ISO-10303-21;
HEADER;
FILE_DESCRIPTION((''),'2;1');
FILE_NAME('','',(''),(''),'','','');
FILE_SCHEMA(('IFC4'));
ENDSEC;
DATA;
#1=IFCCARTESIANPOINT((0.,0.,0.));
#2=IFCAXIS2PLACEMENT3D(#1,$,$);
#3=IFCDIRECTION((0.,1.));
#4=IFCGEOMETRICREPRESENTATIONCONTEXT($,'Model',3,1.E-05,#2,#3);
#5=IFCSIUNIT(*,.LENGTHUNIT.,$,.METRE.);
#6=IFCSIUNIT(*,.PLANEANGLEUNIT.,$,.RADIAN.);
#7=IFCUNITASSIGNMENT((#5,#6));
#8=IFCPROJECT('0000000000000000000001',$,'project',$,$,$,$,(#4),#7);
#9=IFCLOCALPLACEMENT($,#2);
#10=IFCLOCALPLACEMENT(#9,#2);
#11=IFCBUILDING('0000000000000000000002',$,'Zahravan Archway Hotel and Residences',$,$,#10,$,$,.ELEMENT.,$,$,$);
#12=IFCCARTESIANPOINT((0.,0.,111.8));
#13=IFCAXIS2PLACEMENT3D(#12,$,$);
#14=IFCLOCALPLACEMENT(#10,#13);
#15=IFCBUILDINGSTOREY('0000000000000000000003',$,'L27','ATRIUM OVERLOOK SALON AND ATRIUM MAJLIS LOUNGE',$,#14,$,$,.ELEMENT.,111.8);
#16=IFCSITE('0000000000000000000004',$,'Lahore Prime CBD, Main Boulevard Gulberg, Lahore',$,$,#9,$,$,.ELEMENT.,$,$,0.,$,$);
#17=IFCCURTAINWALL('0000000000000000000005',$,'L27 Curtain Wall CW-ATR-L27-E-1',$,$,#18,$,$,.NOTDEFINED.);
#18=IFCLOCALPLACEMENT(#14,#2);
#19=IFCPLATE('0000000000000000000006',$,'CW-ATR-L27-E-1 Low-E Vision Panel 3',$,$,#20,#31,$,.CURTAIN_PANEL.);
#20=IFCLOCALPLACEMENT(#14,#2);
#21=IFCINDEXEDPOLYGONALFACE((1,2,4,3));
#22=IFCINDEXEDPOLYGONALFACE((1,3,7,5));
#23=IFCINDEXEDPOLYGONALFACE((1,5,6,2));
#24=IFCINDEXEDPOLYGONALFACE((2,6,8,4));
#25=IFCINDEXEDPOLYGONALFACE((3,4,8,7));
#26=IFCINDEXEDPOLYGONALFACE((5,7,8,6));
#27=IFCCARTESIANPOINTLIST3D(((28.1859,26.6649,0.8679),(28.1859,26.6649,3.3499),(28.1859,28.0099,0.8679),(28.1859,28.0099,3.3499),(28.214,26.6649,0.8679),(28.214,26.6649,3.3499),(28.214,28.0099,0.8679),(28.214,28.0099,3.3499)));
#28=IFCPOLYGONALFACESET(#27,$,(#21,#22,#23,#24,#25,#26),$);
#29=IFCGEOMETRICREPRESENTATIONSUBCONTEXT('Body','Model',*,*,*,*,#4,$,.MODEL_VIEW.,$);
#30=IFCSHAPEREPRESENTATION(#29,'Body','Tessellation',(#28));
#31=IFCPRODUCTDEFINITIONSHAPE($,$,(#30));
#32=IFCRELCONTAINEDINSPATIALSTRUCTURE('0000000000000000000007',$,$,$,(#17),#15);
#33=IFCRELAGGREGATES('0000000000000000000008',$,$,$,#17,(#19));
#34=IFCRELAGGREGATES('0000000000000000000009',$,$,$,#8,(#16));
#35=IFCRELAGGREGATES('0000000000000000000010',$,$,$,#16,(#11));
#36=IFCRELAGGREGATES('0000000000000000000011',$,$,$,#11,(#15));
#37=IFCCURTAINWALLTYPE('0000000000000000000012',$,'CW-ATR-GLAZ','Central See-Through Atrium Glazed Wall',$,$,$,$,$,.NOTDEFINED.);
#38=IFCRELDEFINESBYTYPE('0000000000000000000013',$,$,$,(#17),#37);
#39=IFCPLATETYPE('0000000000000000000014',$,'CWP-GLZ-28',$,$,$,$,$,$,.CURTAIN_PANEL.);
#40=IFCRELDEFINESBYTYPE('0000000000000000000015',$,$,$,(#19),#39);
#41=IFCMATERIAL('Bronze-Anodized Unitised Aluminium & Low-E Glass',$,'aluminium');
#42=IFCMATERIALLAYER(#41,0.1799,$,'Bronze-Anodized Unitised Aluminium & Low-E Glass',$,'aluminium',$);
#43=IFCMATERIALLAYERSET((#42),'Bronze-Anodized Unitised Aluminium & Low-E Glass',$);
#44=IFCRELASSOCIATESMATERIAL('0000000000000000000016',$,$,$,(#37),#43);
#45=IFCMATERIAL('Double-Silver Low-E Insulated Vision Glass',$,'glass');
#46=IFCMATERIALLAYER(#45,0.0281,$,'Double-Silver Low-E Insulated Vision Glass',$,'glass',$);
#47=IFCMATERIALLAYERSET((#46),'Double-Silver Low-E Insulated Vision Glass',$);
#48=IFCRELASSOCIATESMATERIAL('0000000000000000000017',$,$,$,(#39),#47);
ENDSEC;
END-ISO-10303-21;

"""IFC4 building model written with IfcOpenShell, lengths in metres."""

from ifc_helpers import new_model, si_unit, direction, frame, origin, origin_2d, place, context, subcontext, project, spatial, rectangle, extrude, source, transform, mapped, material, layer, layer_set, type_object, element, aggregate, save


model = new_model("IFC4")

# Units and contexts
model_context = context("Model", 3, precision=1e-05, world=origin(), true_north=direction((0.0, 1.0)))
body_context = subcontext(model_context, "Body", "Model", "MODEL_VIEW")
ifc_project = project(units=[si_unit("LENGTHUNIT", "METRE"), si_unit("PLANEANGLEUNIT", "RADIAN")], contexts=[model_context])

# Site, building, storey
site_placement = place(None, origin())
site = spatial("IfcSite", under=ifc_project, at=site_placement, Name="Lahore Prime CBD, Main Boulevard Gulberg, Lahore", CompositionType="ELEMENT", RefElevation=0.0)
building_placement = place(site_placement, origin())
building = spatial("IfcBuilding", under=site, at=building_placement, Name="Zahravan Archway Hotel and Residences", CompositionType="ELEMENT")
storey_placement = place(building_placement, frame((0.0, 0.0, 111.8)))
storey = spatial("IfcBuildingStorey", under=building, at=storey_placement, Name="L27", Description="ATRIUM OVERLOOK SALON AND ATRIUM MAJLIS LOUNGE", CompositionType="ELEMENT", Elevation=111.8)

# Shared definitions
ifc_material_1 = material(Name="Bronze-Anodized Unitised Aluminium & Low-E Glass", Category="aluminium")
ifc_layer_1 = layer(ifc_material_1, 0.1799, Name="Bronze-Anodized Unitised Aluminium & Low-E Glass", Category="aluminium")
ifc_layer_set_1 = layer_set([ifc_layer_1], Name="Bronze-Anodized Unitised Aluminium & Low-E Glass")
curtain_wall_type = type_object("IfcCurtainWallType", Name="CW-ATR-GLAZ", Description="Central See-Through Atrium Glazed Wall", PredefinedType="NOTDEFINED", material=ifc_layer_set_1)

# Curtain wall
curtain_wall_1_placement = place(storey_placement, origin())
curtain_wall_1 = element("IfcCurtainWall", 1, at=curtain_wall_1_placement, inside=storey, type_object=curtain_wall_type, Name="L27 Curtain Wall CW-ATR-L27-E-1", PredefinedType="NOTDEFINED")

# Plate
ifc_material_2 = material(Name="Double-Silver Low-E Insulated Vision Glass", Category="glass")
ifc_layer_2 = layer(ifc_material_2, 0.0281, Name="Double-Silver Low-E Insulated Vision Glass", Category="glass")
ifc_layer_set_2 = layer_set([ifc_layer_2], Name="Double-Silver Low-E Insulated Vision Glass")
plate_type_1 = type_object("IfcPlateType", Name="CWP-GLZ-28", PredefinedType="CURTAIN_PANEL", material=ifc_layer_set_2)
shared_shape_1 = source(origin(), body_context, "Body", "SweptSolid", [
    extrude(rectangle(XDim=1.345, YDim=0.0281, at=origin_2d()), origin(), (0.0, 0.0, 1.0), 2.4819),
])
plate_1_placement = place(storey_placement, frame((28.2, 27.3374, 0.8679), z_axis=(0.0, 0.0, 1.0), x_axis=(0.0, 1.0, 0.0)))
plate_1 = element("IfcPlate", 2, at=plate_1_placement, type_object=plate_type_1, Name="CW-ATR-L27-E-1 Low-E Vision Panel 3", PredefinedType="CURTAIN_PANEL", context=body_context, shape_type="MappedRepresentation", body=[
    mapped(shared_shape_1, transform((0.0, 0.0, 0.0), scale=1.0)),
])
aggregate(curtain_wall_1, [plate_1])

save(model, "model.ifc")
